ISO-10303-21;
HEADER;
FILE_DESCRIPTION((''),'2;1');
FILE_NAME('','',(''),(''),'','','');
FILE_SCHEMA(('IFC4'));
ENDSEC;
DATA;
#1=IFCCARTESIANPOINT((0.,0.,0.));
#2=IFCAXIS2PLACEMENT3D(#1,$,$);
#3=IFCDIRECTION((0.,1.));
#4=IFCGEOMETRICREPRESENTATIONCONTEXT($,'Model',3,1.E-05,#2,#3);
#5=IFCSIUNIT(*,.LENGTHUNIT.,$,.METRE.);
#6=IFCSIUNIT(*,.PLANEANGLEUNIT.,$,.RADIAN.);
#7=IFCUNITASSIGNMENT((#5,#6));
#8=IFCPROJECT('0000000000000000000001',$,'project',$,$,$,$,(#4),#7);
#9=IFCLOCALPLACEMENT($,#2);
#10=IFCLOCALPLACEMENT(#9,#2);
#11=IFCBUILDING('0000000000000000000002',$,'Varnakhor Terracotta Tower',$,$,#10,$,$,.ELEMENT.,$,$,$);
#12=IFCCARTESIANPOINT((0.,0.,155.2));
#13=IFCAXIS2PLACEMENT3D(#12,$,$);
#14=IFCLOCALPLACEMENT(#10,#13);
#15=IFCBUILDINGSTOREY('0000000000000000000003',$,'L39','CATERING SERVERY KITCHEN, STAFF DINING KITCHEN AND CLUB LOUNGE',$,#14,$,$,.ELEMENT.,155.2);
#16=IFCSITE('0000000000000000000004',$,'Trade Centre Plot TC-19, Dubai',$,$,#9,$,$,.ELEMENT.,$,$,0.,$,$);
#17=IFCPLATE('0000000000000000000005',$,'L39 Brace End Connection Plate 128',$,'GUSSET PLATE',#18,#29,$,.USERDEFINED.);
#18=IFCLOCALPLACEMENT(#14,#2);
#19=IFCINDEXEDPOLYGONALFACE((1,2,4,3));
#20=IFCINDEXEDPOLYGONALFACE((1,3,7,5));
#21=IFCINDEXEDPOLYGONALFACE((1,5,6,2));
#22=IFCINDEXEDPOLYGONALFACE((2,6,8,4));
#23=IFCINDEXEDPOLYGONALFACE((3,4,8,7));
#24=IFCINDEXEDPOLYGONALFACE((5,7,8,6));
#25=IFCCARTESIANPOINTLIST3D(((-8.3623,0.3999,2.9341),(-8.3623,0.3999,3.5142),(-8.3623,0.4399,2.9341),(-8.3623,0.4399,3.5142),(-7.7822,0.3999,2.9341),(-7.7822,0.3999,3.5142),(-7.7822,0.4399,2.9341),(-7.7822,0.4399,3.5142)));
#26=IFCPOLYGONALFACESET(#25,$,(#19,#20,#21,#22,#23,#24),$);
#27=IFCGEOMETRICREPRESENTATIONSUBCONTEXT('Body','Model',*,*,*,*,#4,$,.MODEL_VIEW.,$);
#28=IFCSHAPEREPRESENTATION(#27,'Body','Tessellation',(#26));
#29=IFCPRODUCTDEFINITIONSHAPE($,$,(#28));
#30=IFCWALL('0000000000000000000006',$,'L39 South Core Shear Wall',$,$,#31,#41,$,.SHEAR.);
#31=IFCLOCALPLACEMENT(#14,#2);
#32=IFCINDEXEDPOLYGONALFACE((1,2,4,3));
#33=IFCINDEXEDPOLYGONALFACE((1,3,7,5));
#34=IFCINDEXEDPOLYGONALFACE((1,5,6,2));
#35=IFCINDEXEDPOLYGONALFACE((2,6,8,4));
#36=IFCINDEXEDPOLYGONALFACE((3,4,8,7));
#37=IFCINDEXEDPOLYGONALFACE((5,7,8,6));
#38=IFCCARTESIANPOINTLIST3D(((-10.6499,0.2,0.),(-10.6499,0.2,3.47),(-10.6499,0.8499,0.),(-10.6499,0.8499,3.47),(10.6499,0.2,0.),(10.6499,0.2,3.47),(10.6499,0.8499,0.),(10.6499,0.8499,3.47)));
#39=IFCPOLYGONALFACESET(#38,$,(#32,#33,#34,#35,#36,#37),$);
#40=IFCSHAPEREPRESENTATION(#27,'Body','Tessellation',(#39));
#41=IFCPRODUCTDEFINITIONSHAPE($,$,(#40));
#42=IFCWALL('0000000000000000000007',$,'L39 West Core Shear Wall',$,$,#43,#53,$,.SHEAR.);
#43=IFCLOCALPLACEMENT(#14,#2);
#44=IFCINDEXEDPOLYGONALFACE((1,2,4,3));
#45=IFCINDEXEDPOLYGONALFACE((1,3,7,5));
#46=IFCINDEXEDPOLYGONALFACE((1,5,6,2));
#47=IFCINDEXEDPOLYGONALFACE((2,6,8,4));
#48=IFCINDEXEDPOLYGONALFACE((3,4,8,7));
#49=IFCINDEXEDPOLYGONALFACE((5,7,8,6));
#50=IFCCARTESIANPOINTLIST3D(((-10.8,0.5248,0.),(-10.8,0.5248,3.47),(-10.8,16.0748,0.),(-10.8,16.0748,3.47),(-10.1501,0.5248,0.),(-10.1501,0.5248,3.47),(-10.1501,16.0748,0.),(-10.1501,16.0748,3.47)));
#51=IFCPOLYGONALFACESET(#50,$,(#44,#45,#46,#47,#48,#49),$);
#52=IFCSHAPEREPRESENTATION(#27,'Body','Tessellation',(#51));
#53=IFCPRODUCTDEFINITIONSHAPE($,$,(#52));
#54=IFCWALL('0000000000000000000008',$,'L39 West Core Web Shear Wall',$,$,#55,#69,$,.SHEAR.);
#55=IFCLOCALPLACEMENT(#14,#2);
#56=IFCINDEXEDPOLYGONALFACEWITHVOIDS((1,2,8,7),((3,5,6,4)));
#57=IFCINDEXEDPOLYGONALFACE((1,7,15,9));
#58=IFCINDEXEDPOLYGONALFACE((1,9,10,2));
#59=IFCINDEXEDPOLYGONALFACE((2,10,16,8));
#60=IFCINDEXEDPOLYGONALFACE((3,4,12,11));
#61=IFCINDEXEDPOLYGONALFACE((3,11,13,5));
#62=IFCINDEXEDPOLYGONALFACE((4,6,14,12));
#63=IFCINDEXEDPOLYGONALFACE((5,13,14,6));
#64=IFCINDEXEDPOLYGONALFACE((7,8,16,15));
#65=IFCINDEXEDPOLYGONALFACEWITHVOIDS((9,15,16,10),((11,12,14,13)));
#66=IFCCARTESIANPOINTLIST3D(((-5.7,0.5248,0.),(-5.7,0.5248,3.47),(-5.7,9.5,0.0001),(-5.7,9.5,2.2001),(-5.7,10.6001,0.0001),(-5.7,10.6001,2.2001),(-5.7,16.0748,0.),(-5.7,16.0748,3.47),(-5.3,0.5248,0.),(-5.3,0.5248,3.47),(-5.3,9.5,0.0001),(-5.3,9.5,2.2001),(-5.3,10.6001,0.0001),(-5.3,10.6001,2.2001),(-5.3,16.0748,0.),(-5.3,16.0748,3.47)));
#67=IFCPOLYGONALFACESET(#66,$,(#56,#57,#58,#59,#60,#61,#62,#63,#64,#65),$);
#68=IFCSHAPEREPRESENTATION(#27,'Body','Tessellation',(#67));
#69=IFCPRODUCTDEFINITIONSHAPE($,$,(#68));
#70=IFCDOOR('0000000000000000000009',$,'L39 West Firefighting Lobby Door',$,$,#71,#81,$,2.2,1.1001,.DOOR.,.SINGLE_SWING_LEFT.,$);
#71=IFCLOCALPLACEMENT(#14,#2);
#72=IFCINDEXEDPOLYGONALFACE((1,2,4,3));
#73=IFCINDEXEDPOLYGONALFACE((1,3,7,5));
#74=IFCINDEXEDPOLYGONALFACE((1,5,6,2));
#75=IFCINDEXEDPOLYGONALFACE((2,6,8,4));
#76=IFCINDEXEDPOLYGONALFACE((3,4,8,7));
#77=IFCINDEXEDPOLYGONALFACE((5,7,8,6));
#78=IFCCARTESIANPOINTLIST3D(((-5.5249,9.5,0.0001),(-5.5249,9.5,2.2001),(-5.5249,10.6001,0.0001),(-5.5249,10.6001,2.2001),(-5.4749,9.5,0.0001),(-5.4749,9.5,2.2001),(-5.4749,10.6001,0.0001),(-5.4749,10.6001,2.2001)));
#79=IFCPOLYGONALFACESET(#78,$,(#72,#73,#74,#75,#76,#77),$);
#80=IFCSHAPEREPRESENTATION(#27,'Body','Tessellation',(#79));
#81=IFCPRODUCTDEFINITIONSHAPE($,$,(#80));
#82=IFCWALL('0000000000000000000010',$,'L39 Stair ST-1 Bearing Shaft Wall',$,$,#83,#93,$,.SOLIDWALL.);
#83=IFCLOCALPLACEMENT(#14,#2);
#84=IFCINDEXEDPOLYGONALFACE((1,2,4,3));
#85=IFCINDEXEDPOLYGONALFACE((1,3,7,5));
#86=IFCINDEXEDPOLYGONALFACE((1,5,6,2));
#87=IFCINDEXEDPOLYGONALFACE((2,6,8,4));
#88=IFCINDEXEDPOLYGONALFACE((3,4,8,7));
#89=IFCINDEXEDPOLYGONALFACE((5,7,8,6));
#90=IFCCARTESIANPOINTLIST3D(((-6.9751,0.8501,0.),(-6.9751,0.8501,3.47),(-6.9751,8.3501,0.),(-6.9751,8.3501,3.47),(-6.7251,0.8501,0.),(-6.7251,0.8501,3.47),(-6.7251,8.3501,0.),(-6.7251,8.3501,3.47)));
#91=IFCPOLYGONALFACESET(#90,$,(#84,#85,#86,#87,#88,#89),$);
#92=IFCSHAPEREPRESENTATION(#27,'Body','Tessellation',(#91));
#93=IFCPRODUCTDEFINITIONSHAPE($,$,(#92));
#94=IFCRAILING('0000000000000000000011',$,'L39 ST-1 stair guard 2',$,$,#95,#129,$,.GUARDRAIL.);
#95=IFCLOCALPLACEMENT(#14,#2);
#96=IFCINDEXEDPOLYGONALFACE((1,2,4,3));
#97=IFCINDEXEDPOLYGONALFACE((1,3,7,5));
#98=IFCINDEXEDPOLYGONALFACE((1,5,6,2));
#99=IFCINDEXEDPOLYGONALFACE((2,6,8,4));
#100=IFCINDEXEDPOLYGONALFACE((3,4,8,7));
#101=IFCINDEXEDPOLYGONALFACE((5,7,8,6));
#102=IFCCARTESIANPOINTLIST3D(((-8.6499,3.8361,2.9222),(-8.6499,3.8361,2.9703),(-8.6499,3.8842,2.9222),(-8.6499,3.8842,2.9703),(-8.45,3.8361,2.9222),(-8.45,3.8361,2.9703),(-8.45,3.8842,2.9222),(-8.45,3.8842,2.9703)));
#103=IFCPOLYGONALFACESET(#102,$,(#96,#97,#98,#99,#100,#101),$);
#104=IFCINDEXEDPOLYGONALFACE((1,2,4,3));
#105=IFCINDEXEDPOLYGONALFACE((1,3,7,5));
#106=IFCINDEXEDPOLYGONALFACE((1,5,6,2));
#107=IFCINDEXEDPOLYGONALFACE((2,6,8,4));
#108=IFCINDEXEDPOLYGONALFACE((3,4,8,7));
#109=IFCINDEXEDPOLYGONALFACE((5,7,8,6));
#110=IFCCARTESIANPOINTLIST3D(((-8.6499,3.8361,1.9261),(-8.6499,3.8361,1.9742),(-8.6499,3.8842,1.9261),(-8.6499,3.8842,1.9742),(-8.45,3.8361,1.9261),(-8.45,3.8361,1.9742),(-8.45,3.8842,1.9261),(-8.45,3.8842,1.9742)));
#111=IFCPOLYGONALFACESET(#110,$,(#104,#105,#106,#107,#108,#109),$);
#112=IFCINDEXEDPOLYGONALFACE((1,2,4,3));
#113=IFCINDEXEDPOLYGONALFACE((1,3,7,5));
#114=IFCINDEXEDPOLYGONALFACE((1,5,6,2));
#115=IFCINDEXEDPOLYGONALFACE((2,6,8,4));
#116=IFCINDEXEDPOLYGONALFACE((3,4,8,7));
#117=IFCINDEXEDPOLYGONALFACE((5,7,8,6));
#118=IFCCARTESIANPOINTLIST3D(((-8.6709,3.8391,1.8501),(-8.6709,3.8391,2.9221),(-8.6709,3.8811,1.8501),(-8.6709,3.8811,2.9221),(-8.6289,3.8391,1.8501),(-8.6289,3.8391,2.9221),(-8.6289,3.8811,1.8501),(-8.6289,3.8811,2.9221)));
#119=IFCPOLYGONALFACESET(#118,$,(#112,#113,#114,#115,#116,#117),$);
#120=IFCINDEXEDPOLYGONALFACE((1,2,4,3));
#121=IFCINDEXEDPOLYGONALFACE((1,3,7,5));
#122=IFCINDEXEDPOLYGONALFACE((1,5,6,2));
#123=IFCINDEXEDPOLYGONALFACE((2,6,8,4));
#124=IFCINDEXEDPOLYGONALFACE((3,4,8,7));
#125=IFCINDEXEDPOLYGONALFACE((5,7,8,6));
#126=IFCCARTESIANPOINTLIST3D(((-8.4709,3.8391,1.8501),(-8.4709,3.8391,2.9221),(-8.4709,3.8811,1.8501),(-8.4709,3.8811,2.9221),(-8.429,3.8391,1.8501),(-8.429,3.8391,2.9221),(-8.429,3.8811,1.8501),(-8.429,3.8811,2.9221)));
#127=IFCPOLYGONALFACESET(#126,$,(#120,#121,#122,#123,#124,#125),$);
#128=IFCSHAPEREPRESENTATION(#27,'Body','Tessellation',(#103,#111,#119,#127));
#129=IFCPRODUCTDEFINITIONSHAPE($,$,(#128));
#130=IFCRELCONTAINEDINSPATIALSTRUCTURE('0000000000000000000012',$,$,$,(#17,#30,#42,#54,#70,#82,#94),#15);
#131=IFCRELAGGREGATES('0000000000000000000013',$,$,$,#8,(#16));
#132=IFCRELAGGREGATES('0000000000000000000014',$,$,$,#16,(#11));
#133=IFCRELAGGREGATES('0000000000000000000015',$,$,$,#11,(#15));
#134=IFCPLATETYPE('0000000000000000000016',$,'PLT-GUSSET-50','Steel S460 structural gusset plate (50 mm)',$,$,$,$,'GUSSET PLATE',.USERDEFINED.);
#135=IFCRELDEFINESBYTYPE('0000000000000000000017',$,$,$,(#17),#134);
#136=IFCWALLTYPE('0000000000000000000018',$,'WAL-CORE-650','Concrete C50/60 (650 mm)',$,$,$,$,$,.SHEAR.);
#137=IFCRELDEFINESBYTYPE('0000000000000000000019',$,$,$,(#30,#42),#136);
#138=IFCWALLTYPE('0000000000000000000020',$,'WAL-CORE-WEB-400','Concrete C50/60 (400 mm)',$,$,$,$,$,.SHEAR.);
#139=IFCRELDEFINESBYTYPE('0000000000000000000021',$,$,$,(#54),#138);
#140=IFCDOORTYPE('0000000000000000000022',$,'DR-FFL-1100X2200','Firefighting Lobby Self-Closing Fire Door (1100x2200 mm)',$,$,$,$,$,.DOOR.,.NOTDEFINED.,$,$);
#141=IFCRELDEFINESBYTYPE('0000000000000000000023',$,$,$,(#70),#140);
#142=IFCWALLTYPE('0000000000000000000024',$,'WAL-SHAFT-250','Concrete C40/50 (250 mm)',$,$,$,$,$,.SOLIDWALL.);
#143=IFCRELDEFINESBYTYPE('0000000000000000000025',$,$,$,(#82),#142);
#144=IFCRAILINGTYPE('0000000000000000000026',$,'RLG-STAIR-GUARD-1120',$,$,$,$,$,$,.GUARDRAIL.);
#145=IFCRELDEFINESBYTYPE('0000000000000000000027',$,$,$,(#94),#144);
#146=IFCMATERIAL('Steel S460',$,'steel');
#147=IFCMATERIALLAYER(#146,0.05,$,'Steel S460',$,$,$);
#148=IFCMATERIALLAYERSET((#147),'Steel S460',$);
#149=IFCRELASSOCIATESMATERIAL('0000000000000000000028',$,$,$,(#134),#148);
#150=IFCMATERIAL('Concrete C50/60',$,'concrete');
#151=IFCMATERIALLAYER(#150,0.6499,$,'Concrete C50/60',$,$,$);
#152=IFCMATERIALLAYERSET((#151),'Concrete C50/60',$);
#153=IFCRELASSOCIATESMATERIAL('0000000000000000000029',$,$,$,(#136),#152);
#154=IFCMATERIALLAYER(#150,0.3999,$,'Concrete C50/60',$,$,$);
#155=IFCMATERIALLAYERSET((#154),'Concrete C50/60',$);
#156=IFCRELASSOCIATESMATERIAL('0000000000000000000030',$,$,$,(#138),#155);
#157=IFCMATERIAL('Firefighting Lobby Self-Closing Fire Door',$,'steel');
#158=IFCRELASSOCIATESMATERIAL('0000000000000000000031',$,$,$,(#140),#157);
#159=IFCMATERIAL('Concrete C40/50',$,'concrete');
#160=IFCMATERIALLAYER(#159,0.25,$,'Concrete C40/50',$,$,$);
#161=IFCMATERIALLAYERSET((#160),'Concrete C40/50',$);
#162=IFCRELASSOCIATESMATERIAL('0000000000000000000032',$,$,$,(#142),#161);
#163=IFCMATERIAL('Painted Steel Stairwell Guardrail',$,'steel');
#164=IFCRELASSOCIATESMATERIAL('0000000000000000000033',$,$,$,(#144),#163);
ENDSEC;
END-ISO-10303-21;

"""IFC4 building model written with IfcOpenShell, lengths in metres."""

from ifc_helpers import new_model, si_unit, direction, frame, frame_2d, origin, origin_2d, place, context, subcontext, project, spatial, rectangle, extrude, source, transform, mapped, material, layer, layer_set, type_object, type_shapes, element, fill, save


model = new_model("IFC4")

# Units and contexts
model_context = context("Model", 3, precision=1e-05, world=origin(), true_north=direction((0.0, 1.0)))
body_context = subcontext(model_context, "Body", "Model", "MODEL_VIEW")
ifc_project = project(units=[si_unit("LENGTHUNIT", "METRE"), si_unit("PLANEANGLEUNIT", "RADIAN")], contexts=[model_context])

# Site, building, storey
site_placement = place(None, origin())
site = spatial("IfcSite", under=ifc_project, at=site_placement, Name="Trade Centre Plot TC-19, Dubai", CompositionType="ELEMENT", RefElevation=0.0)
building_placement = place(site_placement, origin())
building = spatial("IfcBuilding", under=site, at=building_placement, Name="Varnakhor Terracotta Tower", CompositionType="ELEMENT")
storey_placement = place(building_placement, frame((0.0, 0.0, 155.2)))
storey = spatial("IfcBuildingStorey", under=building, at=storey_placement, Name="L39", Description="CATERING SERVERY KITCHEN, STAFF DINING KITCHEN AND CLUB LOUNGE", CompositionType="ELEMENT", Elevation=155.2)

# Shared definitions
ifc_material_1 = material(Name="Concrete C50/60", Category="concrete")

# Shared definitions
ifc_material_2 = material(Name="Steel S460", Category="steel")

# Plate
ifc_layer_1 = layer(ifc_material_2, 0.05, Name="Steel S460")
ifc_layer_set_1 = layer_set([ifc_layer_1], Name="Steel S460")
plate_type = type_object("IfcPlateType", Name="PLT-GUSSET-50", Description="Steel S460 structural gusset plate (50 mm)", ElementType="GUSSET PLATE", PredefinedType="USERDEFINED", material=ifc_layer_set_1)
shared_shape_1 = source(origin(), body_context, "Body", "SweptSolid", [
    extrude(rectangle(XDim=0.5801, YDim=0.04, at=origin_2d()), origin(), (0.0, 0.0, 1.0), 0.5801),
])
plate_placement = place(storey_placement, frame((-8.0723, 0.4199, 2.9341), z_axis=(0.0, 0.0, 1.0), x_axis=(1.0, 0.0, 0.0)))
element("IfcPlate", 1, at=plate_placement, inside=storey, type_object=plate_type, Name="L39 Brace End Connection Plate 128", ObjectType="GUSSET PLATE", PredefinedType="USERDEFINED", context=body_context, shape_type="MappedRepresentation", body=[
    mapped(shared_shape_1, transform((0.0, 0.0, 0.0), scale=1.0)),
])

# Walls
ifc_layer_2 = layer(ifc_material_1, 0.6499, Name="Concrete C50/60")
ifc_layer_set_2 = layer_set([ifc_layer_2], Name="Concrete C50/60")
wall_type_1 = type_object("IfcWallType", Name="WAL-CORE-650", Description="Concrete C50/60 (650 mm)", PredefinedType="SHEAR", material=ifc_layer_set_2)
wall_1_placement = place(storey_placement, frame((-10.6499, 0.5249, 0.0), z_axis=(0.0, 0.0, 1.0), x_axis=(1.0, 0.0, 0.0)))
element("IfcWall", 2, at=wall_1_placement, inside=storey, type_object=wall_type_1, Name="L39 South Core Shear Wall", PredefinedType="SHEAR", context=body_context, shape_type="SweptSolid", body=[
    extrude(rectangle(XDim=21.2998, YDim=0.6499, at=frame_2d((10.6499, 0.0))), origin(), (0.0, 0.0, 1.0), 3.47),
])
wall_2_placement = place(storey_placement, frame((-10.4751, 0.5249, 0.0), z_axis=(0.0, 0.0, 1.0), x_axis=(0.0, 1.0, 0.0)))
element("IfcWall", 3, at=wall_2_placement, inside=storey, type_object=wall_type_1, Name="L39 West Core Shear Wall", PredefinedType="SHEAR", context=body_context, shape_type="SweptSolid", body=[
    extrude(rectangle(XDim=15.55, YDim=0.6499, at=frame_2d((7.7749, 0.0))), origin(), (0.0, 0.0, 1.0), 3.47),
])

# Wall, opening, door
ifc_layer_3 = layer(ifc_material_1, 0.3999, Name="Concrete C50/60")
ifc_layer_set_3 = layer_set([ifc_layer_3], Name="Concrete C50/60")
wall_type_2 = type_object("IfcWallType", Name="WAL-CORE-WEB-400", Description="Concrete C50/60 (400 mm)", PredefinedType="SHEAR", material=ifc_layer_set_3)
wall_3_placement = place(storey_placement, frame((-5.5, 0.5249, 0.0), z_axis=(0.0, 0.0, 1.0), x_axis=(0.0, 1.0, 0.0)))
wall_3 = element("IfcWall", 4, at=wall_3_placement, inside=storey, type_object=wall_type_2, Name="L39 West Core Web Shear Wall", PredefinedType="SHEAR", context=body_context, shape_type="SweptSolid", body=[
    extrude(rectangle(XDim=15.55, YDim=0.3999, at=frame_2d((7.7749, 0.0))), origin(), (0.0, 0.0, 1.0), 3.47),
])
opening_placement = place(wall_3_placement, frame((8.9751, 0.0, 0.0)))
opening = element("IfcOpeningElement", 5, at=opening_placement, cuts=wall_3, PredefinedType="OPENING", context=body_context, shape_type="SweptSolid", body=[
    extrude(rectangle(XDim=1.1001, YDim=2.2, at=frame_2d((0.55, 1.1001))), frame((0.0, 0.21, 0.0), z_axis=(0.0, -1.0, 0.0), x_axis=(1.0, 0.0, 0.0)), (0.0, 0.0, 1.0), 0.4199),
])
ifc_material_3 = material(Name="Firefighting Lobby Self-Closing Fire Door", Category="steel")
door_type = type_object("IfcDoorType", Name="DR-FFL-1100X2200", Description="Firefighting Lobby Self-Closing Fire Door (1100x2200 mm)", OperationType="NOTDEFINED", PredefinedType="DOOR", material=ifc_material_3)
shared_shape_2 = source(origin(), body_context, "Body", "SweptSolid", [
    extrude(rectangle(XDim=1.1001, YDim=2.2, at=frame_2d((0.55, 1.1001))), frame((0.0, 0.0249, 0.0), z_axis=(0.0, -1.0, 0.0), x_axis=(1.0, 0.0, 0.0)), (0.0, 0.0, 1.0), 0.05),
])
type_shapes(door_type, [shared_shape_2])
door_placement = place(opening_placement, origin())
door = element("IfcDoor", 6, at=door_placement, inside=storey, type_object=door_type, Name="L39 West Firefighting Lobby Door", OperationType="SINGLE_SWING_LEFT", OverallHeight=2.2, OverallWidth=1.1001, PredefinedType="DOOR", context=body_context, shape_type="MappedRepresentation", body=[
    mapped(shared_shape_2, transform((0.0, 0.0, 0.0), scale=1.0)),
])
fill(opening, door)

# Wall
ifc_material_4 = material(Name="Concrete C40/50", Category="concrete")
ifc_layer_4 = layer(ifc_material_4, 0.25, Name="Concrete C40/50")
ifc_layer_set_4 = layer_set([ifc_layer_4], Name="Concrete C40/50")
wall_type_3 = type_object("IfcWallType", Name="WAL-SHAFT-250", Description="Concrete C40/50 (250 mm)", PredefinedType="SOLIDWALL", material=ifc_layer_set_4)
wall_4_placement = place(storey_placement, frame((-6.8501, 0.8501, 0.0), z_axis=(0.0, 0.0, 1.0), x_axis=(0.0, 1.0, 0.0)))
element("IfcWall", 7, at=wall_4_placement, inside=storey, type_object=wall_type_3, Name="L39 Stair ST-1 Bearing Shaft Wall", PredefinedType="SOLIDWALL", context=body_context, shape_type="SweptSolid", body=[
    extrude(rectangle(XDim=7.5, YDim=0.25, at=frame_2d((3.75, 0.0))), origin(), (0.0, 0.0, 1.0), 3.47),
])

# Railing
ifc_material_5 = material(Name="Painted Steel Stairwell Guardrail", Category="steel")
railing_type = type_object("IfcRailingType", Name="RLG-STAIR-GUARD-1120", PredefinedType="GUARDRAIL", material=ifc_material_5)
railing_placement = place(storey_placement, frame((-8.6499, 3.8601, 1.8501)))
element("IfcRailing", 8, at=railing_placement, inside=storey, type_object=railing_type, Name="L39 ST-1 stair guard 2", PredefinedType="GUARDRAIL", context=body_context, shape_type="SweptSolid", body=[
    extrude(rectangle(XDim=0.0481, YDim=0.0481, at=origin_2d()), frame((0.0, 0.0, 1.0962), z_axis=(1.0, 0.0, 0.0), x_axis=(0.0, 1.0, 0.0)), (0.0, 0.0, 1.0), 0.2),
    extrude(rectangle(XDim=0.0481, YDim=0.0481, at=origin_2d()), frame((0.0, 0.0, 0.1001), z_axis=(1.0, 0.0, 0.0), x_axis=(0.0, 1.0, 0.0)), (0.0, 0.0, 1.0), 0.2),
    extrude(rectangle(XDim=0.042, YDim=0.042, at=origin_2d()), origin(), (0.0, 0.0, 1.0), 1.072),
    extrude(rectangle(XDim=0.042, YDim=0.042, at=origin_2d()), frame((0.2, 0.0, 0.0)), (0.0, 0.0, 1.0), 1.072),
])

save(model, "model.ifc")
